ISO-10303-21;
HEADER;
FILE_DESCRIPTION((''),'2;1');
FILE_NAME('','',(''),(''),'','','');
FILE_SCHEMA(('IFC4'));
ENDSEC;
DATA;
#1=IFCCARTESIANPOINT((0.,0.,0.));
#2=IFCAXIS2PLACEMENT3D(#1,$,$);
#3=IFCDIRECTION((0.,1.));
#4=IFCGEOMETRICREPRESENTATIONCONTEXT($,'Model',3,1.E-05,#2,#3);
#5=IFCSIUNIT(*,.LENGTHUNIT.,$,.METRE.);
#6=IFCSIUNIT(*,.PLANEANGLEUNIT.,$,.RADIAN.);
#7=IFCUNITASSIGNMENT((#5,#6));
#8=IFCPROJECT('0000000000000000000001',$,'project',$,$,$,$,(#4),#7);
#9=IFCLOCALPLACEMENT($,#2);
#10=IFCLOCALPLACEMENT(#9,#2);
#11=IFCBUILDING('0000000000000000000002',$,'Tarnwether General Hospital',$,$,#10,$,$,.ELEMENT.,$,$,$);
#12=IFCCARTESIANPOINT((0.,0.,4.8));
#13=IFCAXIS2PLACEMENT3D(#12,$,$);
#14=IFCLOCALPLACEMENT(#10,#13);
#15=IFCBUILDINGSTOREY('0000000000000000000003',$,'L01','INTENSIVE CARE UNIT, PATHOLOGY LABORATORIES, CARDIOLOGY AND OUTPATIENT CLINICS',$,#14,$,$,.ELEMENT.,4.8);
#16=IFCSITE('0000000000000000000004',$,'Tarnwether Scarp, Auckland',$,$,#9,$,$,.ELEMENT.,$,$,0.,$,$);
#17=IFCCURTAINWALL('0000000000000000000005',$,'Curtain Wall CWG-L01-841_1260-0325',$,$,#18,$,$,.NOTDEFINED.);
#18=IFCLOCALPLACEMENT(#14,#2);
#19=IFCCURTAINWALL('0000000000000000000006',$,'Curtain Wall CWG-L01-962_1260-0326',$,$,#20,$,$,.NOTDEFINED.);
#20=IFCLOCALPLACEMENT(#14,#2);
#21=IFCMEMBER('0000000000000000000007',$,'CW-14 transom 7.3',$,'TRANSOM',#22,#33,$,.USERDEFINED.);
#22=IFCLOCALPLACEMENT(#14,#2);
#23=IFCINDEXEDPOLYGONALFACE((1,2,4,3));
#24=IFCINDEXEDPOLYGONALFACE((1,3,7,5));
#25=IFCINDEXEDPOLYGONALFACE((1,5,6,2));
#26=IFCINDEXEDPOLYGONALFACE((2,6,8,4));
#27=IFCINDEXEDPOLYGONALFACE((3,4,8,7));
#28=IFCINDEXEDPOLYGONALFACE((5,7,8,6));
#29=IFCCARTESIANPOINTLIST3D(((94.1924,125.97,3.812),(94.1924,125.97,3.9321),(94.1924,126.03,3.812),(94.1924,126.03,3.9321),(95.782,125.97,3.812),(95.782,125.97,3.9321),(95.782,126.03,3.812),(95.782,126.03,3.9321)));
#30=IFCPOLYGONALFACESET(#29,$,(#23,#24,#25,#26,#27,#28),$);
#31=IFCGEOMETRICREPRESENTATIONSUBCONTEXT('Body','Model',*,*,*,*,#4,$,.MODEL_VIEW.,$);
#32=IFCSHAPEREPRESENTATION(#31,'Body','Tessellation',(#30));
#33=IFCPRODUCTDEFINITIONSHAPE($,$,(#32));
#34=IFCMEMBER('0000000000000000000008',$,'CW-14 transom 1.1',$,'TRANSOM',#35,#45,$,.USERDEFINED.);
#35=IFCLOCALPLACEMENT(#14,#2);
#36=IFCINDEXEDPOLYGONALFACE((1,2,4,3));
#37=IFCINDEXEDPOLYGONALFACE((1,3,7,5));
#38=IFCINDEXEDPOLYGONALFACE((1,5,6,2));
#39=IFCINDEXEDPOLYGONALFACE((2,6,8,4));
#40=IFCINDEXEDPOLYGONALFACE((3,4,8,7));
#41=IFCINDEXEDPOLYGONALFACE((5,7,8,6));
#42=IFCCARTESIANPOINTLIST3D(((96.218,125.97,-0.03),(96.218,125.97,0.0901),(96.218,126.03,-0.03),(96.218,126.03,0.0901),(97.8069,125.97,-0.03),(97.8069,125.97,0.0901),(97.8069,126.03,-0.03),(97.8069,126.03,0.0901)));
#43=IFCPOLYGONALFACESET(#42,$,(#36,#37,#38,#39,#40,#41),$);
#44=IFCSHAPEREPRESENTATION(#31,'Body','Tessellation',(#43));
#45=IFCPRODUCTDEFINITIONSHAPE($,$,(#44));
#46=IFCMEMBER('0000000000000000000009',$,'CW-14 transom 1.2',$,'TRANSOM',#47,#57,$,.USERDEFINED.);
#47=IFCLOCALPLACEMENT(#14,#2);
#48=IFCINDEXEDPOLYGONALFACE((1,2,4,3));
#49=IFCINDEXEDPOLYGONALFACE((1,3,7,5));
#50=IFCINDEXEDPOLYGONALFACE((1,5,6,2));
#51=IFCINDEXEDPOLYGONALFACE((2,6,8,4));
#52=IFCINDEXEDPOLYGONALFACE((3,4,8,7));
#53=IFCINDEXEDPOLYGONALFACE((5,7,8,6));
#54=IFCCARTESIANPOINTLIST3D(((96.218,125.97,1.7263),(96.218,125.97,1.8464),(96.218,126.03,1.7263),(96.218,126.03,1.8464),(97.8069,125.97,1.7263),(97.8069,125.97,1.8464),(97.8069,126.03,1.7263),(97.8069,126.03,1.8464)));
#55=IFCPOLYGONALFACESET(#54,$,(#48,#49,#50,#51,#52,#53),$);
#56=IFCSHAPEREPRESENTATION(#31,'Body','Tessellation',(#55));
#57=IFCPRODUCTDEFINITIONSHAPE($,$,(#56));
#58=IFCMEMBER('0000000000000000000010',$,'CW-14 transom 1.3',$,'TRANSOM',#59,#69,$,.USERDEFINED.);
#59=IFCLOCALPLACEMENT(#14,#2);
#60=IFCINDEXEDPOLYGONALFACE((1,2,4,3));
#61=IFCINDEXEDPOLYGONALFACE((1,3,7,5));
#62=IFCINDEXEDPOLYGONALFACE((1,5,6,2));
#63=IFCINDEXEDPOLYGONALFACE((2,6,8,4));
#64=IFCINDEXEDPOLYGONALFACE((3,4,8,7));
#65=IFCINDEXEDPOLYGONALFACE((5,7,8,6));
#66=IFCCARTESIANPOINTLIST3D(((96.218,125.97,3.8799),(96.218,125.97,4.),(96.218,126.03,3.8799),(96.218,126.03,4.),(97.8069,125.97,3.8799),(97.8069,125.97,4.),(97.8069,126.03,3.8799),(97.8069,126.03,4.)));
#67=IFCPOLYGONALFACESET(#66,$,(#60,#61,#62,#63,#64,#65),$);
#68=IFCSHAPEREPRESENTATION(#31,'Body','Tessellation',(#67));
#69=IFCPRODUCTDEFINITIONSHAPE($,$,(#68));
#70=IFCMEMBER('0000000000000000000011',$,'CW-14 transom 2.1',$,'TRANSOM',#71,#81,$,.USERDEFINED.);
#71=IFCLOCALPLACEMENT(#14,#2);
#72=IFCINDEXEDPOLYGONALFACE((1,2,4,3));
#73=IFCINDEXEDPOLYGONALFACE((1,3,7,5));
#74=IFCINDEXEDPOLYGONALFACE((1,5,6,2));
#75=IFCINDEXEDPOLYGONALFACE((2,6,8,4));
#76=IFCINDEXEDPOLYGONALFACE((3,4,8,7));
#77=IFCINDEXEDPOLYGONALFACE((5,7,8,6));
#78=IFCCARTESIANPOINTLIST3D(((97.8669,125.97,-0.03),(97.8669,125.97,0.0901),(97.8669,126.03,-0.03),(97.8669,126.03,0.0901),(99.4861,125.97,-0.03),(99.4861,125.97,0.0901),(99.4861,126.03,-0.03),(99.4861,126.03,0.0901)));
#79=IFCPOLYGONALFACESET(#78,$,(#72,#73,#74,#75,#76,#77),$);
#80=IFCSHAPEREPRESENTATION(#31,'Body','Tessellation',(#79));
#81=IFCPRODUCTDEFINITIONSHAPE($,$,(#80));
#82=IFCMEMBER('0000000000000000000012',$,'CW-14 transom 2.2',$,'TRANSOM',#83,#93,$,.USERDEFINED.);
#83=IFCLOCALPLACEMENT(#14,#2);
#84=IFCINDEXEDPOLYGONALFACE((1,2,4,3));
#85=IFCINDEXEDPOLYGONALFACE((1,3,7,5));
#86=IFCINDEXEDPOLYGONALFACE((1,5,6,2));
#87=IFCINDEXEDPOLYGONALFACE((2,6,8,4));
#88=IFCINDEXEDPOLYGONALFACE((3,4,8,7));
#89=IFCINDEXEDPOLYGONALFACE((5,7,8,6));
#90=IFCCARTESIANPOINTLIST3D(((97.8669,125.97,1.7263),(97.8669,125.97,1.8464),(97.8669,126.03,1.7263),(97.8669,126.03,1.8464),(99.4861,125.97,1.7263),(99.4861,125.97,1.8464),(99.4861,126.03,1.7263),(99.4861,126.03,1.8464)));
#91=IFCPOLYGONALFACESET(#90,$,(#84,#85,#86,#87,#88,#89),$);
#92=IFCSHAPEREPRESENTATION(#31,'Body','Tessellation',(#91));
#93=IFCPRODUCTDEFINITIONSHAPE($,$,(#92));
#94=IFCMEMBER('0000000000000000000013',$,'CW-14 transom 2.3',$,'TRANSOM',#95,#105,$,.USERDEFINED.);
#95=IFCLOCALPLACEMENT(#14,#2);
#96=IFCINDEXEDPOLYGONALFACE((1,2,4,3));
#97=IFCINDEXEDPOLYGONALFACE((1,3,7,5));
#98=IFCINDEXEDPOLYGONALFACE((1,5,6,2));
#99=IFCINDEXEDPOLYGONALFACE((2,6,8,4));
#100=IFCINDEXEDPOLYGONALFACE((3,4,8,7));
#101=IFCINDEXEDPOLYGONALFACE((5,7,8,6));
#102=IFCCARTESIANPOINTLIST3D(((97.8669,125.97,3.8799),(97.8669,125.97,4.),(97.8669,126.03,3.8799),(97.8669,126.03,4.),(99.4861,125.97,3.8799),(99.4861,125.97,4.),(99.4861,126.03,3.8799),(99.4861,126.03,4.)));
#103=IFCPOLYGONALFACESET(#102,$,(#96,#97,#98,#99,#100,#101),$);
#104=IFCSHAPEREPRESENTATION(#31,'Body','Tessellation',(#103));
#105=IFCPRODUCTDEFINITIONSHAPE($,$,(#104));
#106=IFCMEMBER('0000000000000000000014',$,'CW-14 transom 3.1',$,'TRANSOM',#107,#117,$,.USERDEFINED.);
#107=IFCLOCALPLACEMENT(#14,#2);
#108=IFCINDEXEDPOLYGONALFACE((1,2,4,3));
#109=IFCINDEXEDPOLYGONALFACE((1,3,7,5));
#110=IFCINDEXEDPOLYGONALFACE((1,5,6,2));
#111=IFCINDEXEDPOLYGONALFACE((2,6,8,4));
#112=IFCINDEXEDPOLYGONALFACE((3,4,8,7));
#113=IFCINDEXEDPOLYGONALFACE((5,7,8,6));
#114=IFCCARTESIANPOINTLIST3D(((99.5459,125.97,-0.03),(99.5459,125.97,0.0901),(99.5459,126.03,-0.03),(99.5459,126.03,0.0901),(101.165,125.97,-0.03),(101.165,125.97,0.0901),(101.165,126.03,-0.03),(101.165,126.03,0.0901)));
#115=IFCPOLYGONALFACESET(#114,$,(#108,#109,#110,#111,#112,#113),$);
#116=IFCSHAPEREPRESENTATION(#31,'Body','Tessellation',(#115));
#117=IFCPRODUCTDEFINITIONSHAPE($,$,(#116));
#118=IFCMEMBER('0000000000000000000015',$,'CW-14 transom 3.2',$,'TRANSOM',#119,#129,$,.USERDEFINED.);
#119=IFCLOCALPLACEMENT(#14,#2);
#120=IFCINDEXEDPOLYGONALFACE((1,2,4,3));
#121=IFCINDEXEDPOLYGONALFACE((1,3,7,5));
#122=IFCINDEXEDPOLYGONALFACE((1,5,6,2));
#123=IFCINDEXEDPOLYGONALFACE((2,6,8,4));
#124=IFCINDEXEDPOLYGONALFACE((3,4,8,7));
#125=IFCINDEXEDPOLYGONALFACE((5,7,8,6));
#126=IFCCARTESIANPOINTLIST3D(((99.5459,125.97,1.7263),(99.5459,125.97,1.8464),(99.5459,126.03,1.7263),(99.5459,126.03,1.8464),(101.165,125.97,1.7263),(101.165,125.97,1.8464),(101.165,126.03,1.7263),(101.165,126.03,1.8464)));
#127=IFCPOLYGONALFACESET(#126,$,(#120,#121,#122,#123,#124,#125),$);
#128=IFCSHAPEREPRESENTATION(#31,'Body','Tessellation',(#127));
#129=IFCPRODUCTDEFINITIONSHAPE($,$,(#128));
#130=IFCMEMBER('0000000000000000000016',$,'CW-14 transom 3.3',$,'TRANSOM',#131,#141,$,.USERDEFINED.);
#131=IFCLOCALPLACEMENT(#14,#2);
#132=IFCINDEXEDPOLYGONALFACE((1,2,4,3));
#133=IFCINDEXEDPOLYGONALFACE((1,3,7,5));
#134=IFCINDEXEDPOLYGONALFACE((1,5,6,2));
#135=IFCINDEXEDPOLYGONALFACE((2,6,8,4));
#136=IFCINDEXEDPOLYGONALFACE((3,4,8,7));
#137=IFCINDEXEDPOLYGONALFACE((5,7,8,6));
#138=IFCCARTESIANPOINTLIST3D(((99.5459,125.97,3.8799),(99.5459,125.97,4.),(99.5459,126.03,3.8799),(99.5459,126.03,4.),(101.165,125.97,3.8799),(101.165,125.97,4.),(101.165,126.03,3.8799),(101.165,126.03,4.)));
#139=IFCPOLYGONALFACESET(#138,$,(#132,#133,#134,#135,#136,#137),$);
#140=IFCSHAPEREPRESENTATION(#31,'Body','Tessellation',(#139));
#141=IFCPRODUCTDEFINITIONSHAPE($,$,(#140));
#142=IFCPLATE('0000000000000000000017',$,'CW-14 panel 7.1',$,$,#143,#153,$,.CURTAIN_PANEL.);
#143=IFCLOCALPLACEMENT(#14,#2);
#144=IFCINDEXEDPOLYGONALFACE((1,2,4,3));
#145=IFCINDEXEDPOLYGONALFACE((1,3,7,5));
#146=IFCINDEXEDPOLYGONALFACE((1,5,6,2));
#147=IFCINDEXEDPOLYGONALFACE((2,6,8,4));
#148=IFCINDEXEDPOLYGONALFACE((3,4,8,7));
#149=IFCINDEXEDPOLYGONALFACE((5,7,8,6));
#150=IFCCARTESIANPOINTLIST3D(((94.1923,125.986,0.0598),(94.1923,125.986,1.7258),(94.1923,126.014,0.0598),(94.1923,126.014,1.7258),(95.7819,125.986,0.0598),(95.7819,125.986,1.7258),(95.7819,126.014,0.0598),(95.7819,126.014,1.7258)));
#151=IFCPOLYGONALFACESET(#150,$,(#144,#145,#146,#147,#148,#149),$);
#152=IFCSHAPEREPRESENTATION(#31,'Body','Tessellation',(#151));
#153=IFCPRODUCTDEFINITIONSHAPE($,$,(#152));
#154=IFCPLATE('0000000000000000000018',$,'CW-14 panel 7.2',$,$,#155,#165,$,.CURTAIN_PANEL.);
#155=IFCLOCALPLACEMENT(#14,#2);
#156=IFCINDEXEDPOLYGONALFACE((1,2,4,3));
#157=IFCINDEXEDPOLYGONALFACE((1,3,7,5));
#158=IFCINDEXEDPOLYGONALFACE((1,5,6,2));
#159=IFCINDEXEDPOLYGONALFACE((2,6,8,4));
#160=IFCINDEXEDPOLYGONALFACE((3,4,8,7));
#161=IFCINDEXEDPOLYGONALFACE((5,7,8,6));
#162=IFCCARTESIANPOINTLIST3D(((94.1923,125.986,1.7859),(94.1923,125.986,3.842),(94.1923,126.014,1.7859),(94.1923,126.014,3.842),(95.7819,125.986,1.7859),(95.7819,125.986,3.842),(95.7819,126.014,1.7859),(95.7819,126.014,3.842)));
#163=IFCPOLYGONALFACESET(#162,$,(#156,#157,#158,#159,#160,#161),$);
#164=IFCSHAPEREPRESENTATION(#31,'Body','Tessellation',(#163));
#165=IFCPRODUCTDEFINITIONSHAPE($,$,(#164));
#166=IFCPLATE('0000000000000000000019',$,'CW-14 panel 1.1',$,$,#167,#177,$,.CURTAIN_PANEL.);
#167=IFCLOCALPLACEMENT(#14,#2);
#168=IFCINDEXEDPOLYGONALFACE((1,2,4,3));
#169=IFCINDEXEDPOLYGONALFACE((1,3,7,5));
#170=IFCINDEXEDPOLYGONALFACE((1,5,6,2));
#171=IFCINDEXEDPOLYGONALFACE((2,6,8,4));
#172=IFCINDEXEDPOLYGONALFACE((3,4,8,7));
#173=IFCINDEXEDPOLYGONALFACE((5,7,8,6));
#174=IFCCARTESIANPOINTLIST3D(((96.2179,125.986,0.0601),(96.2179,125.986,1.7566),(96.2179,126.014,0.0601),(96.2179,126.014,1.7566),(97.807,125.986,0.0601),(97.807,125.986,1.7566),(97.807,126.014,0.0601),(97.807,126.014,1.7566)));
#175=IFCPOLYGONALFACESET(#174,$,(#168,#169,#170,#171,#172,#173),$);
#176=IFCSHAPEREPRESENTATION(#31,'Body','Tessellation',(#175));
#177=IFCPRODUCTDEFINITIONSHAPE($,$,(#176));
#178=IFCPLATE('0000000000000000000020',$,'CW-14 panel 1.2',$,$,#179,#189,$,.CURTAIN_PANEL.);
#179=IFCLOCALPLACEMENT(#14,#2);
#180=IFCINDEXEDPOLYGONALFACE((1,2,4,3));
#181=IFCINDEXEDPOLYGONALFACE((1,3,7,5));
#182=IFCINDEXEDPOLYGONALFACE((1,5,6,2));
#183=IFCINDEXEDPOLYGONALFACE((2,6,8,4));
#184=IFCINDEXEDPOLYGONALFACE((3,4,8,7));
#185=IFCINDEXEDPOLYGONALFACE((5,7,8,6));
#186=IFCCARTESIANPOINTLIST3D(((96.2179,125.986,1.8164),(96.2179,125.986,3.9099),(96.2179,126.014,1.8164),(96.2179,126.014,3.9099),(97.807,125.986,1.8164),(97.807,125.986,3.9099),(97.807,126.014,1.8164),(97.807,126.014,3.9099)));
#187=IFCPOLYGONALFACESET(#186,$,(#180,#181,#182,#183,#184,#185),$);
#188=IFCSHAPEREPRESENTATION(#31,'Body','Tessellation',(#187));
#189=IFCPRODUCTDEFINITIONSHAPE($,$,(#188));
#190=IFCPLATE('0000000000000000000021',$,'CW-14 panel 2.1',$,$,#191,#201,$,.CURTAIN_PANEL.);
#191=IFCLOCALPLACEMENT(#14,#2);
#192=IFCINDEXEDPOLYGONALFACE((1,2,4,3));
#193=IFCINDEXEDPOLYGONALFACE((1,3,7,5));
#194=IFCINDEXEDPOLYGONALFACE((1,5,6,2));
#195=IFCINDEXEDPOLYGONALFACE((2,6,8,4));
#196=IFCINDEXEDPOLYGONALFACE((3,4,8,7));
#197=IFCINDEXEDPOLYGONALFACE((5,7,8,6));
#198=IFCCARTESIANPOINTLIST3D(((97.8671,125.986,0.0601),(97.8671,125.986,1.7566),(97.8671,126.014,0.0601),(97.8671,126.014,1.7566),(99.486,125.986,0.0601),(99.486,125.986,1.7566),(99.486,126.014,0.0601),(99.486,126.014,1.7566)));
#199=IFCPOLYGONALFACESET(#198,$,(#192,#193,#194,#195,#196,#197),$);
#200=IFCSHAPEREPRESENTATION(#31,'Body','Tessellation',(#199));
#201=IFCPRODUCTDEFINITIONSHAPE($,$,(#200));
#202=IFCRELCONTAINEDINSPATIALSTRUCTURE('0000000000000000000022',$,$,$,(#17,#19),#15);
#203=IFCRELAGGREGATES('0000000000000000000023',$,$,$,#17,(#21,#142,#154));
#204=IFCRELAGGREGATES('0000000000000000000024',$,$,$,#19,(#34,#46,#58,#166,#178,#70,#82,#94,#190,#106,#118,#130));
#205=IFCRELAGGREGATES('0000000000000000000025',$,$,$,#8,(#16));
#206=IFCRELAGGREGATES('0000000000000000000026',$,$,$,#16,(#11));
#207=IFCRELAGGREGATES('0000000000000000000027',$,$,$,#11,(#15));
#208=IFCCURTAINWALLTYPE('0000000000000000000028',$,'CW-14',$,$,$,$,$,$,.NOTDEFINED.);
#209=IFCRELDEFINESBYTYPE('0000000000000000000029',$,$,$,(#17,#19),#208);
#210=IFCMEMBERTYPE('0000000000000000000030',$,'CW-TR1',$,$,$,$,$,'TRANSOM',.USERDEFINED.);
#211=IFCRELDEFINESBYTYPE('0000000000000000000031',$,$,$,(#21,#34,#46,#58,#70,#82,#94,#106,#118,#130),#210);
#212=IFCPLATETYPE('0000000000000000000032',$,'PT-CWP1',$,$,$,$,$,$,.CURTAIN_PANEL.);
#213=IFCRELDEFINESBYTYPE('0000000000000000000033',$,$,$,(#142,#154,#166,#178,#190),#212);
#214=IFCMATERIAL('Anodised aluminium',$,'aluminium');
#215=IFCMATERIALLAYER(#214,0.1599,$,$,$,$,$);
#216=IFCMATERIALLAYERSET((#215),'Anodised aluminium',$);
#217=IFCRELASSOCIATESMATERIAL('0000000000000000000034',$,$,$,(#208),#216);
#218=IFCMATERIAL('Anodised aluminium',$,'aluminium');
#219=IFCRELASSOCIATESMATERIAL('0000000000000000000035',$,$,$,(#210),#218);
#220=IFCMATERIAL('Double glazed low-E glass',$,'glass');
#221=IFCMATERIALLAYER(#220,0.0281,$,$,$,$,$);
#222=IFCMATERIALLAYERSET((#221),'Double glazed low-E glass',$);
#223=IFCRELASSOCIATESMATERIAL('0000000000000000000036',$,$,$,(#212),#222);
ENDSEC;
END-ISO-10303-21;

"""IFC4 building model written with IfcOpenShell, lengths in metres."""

from ifc_helpers import new_model, si_unit, direction, frame, origin, origin_2d, place, context, subcontext, project, spatial, rectangle, extrude, material, layer, layer_set, material_profile, profile_set, type_object, element, aggregate, save


model = new_model("IFC4")

# Units and contexts
model_context = context("Model", 3, precision=1e-05, world=origin(), true_north=direction((0.0, 1.0)))
body_context = subcontext(model_context, "Body", "Model", "MODEL_VIEW")
ifc_project = project(units=[si_unit("LENGTHUNIT", "METRE"), si_unit("PLANEANGLEUNIT", "RADIAN")], contexts=[model_context])

# Site, building, storey
site_placement = place(None, origin())
site = spatial("IfcSite", under=ifc_project, at=site_placement, Name="Tarnwether Scarp, Auckland", CompositionType="ELEMENT", RefElevation=0.0)
building_placement = place(site_placement, origin())
building = spatial("IfcBuilding", under=site, at=building_placement, Name="Tarnwether General Hospital", CompositionType="ELEMENT")
storey_placement = place(building_placement, frame((0.0, 0.0, 4.8)))
storey = spatial("IfcBuildingStorey", under=building, at=storey_placement, Name="L01", Description="INTENSIVE CARE UNIT, PATHOLOGY LABORATORIES, CARDIOLOGY AND OUTPATIENT CLINICS", CompositionType="ELEMENT", Elevation=4.8)

# Curtain wall
ifc_material_1 = material(Name="Anodised aluminium", Category="aluminium")
ifc_layer_1 = layer(ifc_material_1, 0.1599)
ifc_layer_set_1 = layer_set([ifc_layer_1], Name="Anodised aluminium")
curtain_wall_type = type_object("IfcCurtainWallType", Name="CW-14", PredefinedType="NOTDEFINED", material=ifc_layer_set_1)
curtain_wall_1_placement = place(storey_placement, origin())
curtain_wall_1 = element("IfcCurtainWall", 1, at=curtain_wall_1_placement, inside=storey, type_object=curtain_wall_type, Name="Curtain Wall CWG-L01-841_1260-0325", PredefinedType="NOTDEFINED")

# Curtain wall
curtain_wall_2_placement = place(storey_placement, origin())
curtain_wall_2 = element("IfcCurtainWall", 2, at=curtain_wall_2_placement, inside=storey, type_object=curtain_wall_type, Name="Curtain Wall CWG-L01-962_1260-0326", PredefinedType="NOTDEFINED")

# Members
ifc_material_2 = material(Name="Anodised aluminium", Category="aluminium")
ifc_material_profile_1 = material_profile(ifc_material_2, rectangle(XDim=0.0601, YDim=0.1201, at=origin_2d()), Name="ALU-TRN-60x120")
ifc_profile_set_1 = profile_set([ifc_material_profile_1], Name="Anodised aluminium")
member_type_1 = type_object("IfcMemberType", Name="CW-TR1", ElementType="TRANSOM", PredefinedType="USERDEFINED", material=ifc_profile_set_1)
member_1_placement = place(storey_placement, frame((94.1924, 126.0, 3.8721), z_axis=(1.0, 0.0, 0.0), x_axis=(0.0, 1.0, 0.0)))
member_1 = element("IfcMember", 3, at=member_1_placement, type_object=member_type_1, Name="CW-14 transom 7.3", ObjectType="TRANSOM", PredefinedType="USERDEFINED", context=body_context, shape_type="SweptSolid", body=[
    extrude(rectangle(XDim=0.0601, YDim=0.1201, at=origin_2d()), origin(), (0.0, 0.0, 1.0), 1.5896),
])
member_2_placement = place(storey_placement, frame((96.218, 126.0, 0.03), z_axis=(1.0, 0.0, 0.0), x_axis=(0.0, 1.0, 0.0)))
member_2 = element("IfcMember", 4, at=member_2_placement, type_object=member_type_1, Name="CW-14 transom 1.1", ObjectType="TRANSOM", PredefinedType="USERDEFINED", context=body_context, shape_type="SweptSolid", body=[
    extrude(rectangle(XDim=0.0601, YDim=0.1201, at=origin_2d()), origin(), (0.0, 0.0, 1.0), 1.5889),
])
member_3_placement = place(storey_placement, frame((96.218, 126.0, 1.7864), z_axis=(1.0, 0.0, 0.0), x_axis=(0.0, 1.0, 0.0)))
member_3 = element("IfcMember", 5, at=member_3_placement, type_object=member_type_1, Name="CW-14 transom 1.2", ObjectType="TRANSOM", PredefinedType="USERDEFINED", context=body_context, shape_type="SweptSolid", body=[
    extrude(rectangle(XDim=0.0601, YDim=0.1201, at=origin_2d()), origin(), (0.0, 0.0, 1.0), 1.5889),
])
member_4_placement = place(storey_placement, frame((96.218, 126.0, 3.9399), z_axis=(1.0, 0.0, 0.0), x_axis=(0.0, 1.0, 0.0)))
member_4 = element("IfcMember", 6, at=member_4_placement, type_object=member_type_1, Name="CW-14 transom 1.3", ObjectType="TRANSOM", PredefinedType="USERDEFINED", context=body_context, shape_type="SweptSolid", body=[
    extrude(rectangle(XDim=0.0601, YDim=0.1201, at=origin_2d()), origin(), (0.0, 0.0, 1.0), 1.5889),
])
member_5_placement = place(storey_placement, frame((97.8669, 126.0, 0.03), z_axis=(1.0, 0.0, 0.0), x_axis=(0.0, 1.0, 0.0)))
member_5 = element("IfcMember", 7, at=member_5_placement, type_object=member_type_1, Name="CW-14 transom 2.1", ObjectType="TRANSOM", PredefinedType="USERDEFINED", context=body_context, shape_type="SweptSolid", body=[
    extrude(rectangle(XDim=0.0601, YDim=0.1201, at=origin_2d()), origin(), (0.0, 0.0, 1.0), 1.6191),
])
member_6_placement = place(storey_placement, frame((97.8669, 126.0, 1.7864), z_axis=(1.0, 0.0, 0.0), x_axis=(0.0, 1.0, 0.0)))
member_6 = element("IfcMember", 8, at=member_6_placement, type_object=member_type_1, Name="CW-14 transom 2.2", ObjectType="TRANSOM", PredefinedType="USERDEFINED", context=body_context, shape_type="SweptSolid", body=[
    extrude(rectangle(XDim=0.0601, YDim=0.1201, at=origin_2d()), origin(), (0.0, 0.0, 1.0), 1.6191),
])
member_7_placement = place(storey_placement, frame((97.8669, 126.0, 3.9399), z_axis=(1.0, 0.0, 0.0), x_axis=(0.0, 1.0, 0.0)))
member_7 = element("IfcMember", 9, at=member_7_placement, type_object=member_type_1, Name="CW-14 transom 2.3", ObjectType="TRANSOM", PredefinedType="USERDEFINED", context=body_context, shape_type="SweptSolid", body=[
    extrude(rectangle(XDim=0.0601, YDim=0.1201, at=origin_2d()), origin(), (0.0, 0.0, 1.0), 1.6191),
])
member_8_placement = place(storey_placement, frame((99.5459, 126.0, 0.03), z_axis=(1.0, 0.0, 0.0), x_axis=(0.0, 1.0, 0.0)))
member_8 = element("IfcMember", 10, at=member_8_placement, type_object=member_type_1, Name="CW-14 transom 3.1", ObjectType="TRANSOM", PredefinedType="USERDEFINED", context=body_context, shape_type="SweptSolid", body=[
    extrude(rectangle(XDim=0.0601, YDim=0.1201, at=origin_2d()), origin(), (0.0, 0.0, 1.0), 1.6191),
])
member_9_placement = place(storey_placement, frame((99.5459, 126.0, 1.7864), z_axis=(1.0, 0.0, 0.0), x_axis=(0.0, 1.0, 0.0)))
member_9 = element("IfcMember", 11, at=member_9_placement, type_object=member_type_1, Name="CW-14 transom 3.2", ObjectType="TRANSOM", PredefinedType="USERDEFINED", context=body_context, shape_type="SweptSolid", body=[
    extrude(rectangle(XDim=0.0601, YDim=0.1201, at=origin_2d()), origin(), (0.0, 0.0, 1.0), 1.6191),
])
member_10_placement = place(storey_placement, frame((99.5459, 126.0, 3.9399), z_axis=(1.0, 0.0, 0.0), x_axis=(0.0, 1.0, 0.0)))
member_10 = element("IfcMember", 12, at=member_10_placement, type_object=member_type_1, Name="CW-14 transom 3.3", ObjectType="TRANSOM", PredefinedType="USERDEFINED", context=body_context, shape_type="SweptSolid", body=[
    extrude(rectangle(XDim=0.0601, YDim=0.1201, at=origin_2d()), origin(), (0.0, 0.0, 1.0), 1.6191),
])

# Plates
ifc_material_3 = material(Name="Double glazed low-E glass", Category="glass")
ifc_layer_2 = layer(ifc_material_3, 0.0281)
ifc_layer_set_2 = layer_set([ifc_layer_2], Name="Double glazed low-E glass")
plate_type_1 = type_object("IfcPlateType", Name="PT-CWP1", PredefinedType="CURTAIN_PANEL", material=ifc_layer_set_2)
plate_1_placement = place(storey_placement, frame((94.9871, 126.0, 0.0598), z_axis=(0.0, 0.0, 1.0), x_axis=(1.0, 0.0, 0.0)))
plate_1 = element("IfcPlate", 13, at=plate_1_placement, type_object=plate_type_1, Name="CW-14 panel 7.1", PredefinedType="CURTAIN_PANEL", context=body_context, shape_type="SweptSolid", body=[
    extrude(rectangle(XDim=1.5896, YDim=0.0281, at=origin_2d()), origin(), (0.0, 0.0, 1.0), 1.666),
])
plate_2_placement = place(storey_placement, frame((94.9871, 126.0, 1.7859), z_axis=(0.0, 0.0, 1.0), x_axis=(1.0, 0.0, 0.0)))
plate_2 = element("IfcPlate", 14, at=plate_2_placement, type_object=plate_type_1, Name="CW-14 panel 7.2", PredefinedType="CURTAIN_PANEL", context=body_context, shape_type="SweptSolid", body=[
    extrude(rectangle(XDim=1.5896, YDim=0.0281, at=origin_2d()), origin(), (0.0, 0.0, 1.0), 2.0562),
])
aggregate(curtain_wall_1, [member_1, plate_1, plate_2])
plate_3_placement = place(storey_placement, frame((97.0125, 126.0, 0.0601), z_axis=(0.0, 0.0, 1.0), x_axis=(1.0, 0.0, 0.0)))
plate_3 = element("IfcPlate", 15, at=plate_3_placement, type_object=plate_type_1, Name="CW-14 panel 1.1", PredefinedType="CURTAIN_PANEL", context=body_context, shape_type="SweptSolid", body=[
    extrude(rectangle(XDim=1.5891, YDim=0.0281, at=origin_2d()), origin(), (0.0, 0.0, 1.0), 1.6965),
])
plate_4_placement = place(storey_placement, frame((97.0125, 126.0, 1.8164), z_axis=(0.0, 0.0, 1.0), x_axis=(1.0, 0.0, 0.0)))
plate_4 = element("IfcPlate", 16, at=plate_4_placement, type_object=plate_type_1, Name="CW-14 panel 1.2", PredefinedType="CURTAIN_PANEL", context=body_context, shape_type="SweptSolid", body=[
    extrude(rectangle(XDim=1.5891, YDim=0.0281, at=origin_2d()), origin(), (0.0, 0.0, 1.0), 2.0935),
])
plate_5_placement = place(storey_placement, frame((98.6765, 126.0, 0.0601), z_axis=(0.0, 0.0, 1.0), x_axis=(1.0, 0.0, 0.0)))
plate_5 = element("IfcPlate", 17, at=plate_5_placement, type_object=plate_type_1, Name="CW-14 panel 2.1", PredefinedType="CURTAIN_PANEL", context=body_context, shape_type="SweptSolid", body=[
    extrude(rectangle(XDim=1.6189, YDim=0.0281, at=origin_2d()), origin(), (0.0, 0.0, 1.0), 1.6965),
])
aggregate(curtain_wall_2, [member_2, member_3, member_4, plate_3, plate_4, member_5, member_6, member_7, plate_5, member_8, member_9, member_10])

save(model, "model.ifc")
